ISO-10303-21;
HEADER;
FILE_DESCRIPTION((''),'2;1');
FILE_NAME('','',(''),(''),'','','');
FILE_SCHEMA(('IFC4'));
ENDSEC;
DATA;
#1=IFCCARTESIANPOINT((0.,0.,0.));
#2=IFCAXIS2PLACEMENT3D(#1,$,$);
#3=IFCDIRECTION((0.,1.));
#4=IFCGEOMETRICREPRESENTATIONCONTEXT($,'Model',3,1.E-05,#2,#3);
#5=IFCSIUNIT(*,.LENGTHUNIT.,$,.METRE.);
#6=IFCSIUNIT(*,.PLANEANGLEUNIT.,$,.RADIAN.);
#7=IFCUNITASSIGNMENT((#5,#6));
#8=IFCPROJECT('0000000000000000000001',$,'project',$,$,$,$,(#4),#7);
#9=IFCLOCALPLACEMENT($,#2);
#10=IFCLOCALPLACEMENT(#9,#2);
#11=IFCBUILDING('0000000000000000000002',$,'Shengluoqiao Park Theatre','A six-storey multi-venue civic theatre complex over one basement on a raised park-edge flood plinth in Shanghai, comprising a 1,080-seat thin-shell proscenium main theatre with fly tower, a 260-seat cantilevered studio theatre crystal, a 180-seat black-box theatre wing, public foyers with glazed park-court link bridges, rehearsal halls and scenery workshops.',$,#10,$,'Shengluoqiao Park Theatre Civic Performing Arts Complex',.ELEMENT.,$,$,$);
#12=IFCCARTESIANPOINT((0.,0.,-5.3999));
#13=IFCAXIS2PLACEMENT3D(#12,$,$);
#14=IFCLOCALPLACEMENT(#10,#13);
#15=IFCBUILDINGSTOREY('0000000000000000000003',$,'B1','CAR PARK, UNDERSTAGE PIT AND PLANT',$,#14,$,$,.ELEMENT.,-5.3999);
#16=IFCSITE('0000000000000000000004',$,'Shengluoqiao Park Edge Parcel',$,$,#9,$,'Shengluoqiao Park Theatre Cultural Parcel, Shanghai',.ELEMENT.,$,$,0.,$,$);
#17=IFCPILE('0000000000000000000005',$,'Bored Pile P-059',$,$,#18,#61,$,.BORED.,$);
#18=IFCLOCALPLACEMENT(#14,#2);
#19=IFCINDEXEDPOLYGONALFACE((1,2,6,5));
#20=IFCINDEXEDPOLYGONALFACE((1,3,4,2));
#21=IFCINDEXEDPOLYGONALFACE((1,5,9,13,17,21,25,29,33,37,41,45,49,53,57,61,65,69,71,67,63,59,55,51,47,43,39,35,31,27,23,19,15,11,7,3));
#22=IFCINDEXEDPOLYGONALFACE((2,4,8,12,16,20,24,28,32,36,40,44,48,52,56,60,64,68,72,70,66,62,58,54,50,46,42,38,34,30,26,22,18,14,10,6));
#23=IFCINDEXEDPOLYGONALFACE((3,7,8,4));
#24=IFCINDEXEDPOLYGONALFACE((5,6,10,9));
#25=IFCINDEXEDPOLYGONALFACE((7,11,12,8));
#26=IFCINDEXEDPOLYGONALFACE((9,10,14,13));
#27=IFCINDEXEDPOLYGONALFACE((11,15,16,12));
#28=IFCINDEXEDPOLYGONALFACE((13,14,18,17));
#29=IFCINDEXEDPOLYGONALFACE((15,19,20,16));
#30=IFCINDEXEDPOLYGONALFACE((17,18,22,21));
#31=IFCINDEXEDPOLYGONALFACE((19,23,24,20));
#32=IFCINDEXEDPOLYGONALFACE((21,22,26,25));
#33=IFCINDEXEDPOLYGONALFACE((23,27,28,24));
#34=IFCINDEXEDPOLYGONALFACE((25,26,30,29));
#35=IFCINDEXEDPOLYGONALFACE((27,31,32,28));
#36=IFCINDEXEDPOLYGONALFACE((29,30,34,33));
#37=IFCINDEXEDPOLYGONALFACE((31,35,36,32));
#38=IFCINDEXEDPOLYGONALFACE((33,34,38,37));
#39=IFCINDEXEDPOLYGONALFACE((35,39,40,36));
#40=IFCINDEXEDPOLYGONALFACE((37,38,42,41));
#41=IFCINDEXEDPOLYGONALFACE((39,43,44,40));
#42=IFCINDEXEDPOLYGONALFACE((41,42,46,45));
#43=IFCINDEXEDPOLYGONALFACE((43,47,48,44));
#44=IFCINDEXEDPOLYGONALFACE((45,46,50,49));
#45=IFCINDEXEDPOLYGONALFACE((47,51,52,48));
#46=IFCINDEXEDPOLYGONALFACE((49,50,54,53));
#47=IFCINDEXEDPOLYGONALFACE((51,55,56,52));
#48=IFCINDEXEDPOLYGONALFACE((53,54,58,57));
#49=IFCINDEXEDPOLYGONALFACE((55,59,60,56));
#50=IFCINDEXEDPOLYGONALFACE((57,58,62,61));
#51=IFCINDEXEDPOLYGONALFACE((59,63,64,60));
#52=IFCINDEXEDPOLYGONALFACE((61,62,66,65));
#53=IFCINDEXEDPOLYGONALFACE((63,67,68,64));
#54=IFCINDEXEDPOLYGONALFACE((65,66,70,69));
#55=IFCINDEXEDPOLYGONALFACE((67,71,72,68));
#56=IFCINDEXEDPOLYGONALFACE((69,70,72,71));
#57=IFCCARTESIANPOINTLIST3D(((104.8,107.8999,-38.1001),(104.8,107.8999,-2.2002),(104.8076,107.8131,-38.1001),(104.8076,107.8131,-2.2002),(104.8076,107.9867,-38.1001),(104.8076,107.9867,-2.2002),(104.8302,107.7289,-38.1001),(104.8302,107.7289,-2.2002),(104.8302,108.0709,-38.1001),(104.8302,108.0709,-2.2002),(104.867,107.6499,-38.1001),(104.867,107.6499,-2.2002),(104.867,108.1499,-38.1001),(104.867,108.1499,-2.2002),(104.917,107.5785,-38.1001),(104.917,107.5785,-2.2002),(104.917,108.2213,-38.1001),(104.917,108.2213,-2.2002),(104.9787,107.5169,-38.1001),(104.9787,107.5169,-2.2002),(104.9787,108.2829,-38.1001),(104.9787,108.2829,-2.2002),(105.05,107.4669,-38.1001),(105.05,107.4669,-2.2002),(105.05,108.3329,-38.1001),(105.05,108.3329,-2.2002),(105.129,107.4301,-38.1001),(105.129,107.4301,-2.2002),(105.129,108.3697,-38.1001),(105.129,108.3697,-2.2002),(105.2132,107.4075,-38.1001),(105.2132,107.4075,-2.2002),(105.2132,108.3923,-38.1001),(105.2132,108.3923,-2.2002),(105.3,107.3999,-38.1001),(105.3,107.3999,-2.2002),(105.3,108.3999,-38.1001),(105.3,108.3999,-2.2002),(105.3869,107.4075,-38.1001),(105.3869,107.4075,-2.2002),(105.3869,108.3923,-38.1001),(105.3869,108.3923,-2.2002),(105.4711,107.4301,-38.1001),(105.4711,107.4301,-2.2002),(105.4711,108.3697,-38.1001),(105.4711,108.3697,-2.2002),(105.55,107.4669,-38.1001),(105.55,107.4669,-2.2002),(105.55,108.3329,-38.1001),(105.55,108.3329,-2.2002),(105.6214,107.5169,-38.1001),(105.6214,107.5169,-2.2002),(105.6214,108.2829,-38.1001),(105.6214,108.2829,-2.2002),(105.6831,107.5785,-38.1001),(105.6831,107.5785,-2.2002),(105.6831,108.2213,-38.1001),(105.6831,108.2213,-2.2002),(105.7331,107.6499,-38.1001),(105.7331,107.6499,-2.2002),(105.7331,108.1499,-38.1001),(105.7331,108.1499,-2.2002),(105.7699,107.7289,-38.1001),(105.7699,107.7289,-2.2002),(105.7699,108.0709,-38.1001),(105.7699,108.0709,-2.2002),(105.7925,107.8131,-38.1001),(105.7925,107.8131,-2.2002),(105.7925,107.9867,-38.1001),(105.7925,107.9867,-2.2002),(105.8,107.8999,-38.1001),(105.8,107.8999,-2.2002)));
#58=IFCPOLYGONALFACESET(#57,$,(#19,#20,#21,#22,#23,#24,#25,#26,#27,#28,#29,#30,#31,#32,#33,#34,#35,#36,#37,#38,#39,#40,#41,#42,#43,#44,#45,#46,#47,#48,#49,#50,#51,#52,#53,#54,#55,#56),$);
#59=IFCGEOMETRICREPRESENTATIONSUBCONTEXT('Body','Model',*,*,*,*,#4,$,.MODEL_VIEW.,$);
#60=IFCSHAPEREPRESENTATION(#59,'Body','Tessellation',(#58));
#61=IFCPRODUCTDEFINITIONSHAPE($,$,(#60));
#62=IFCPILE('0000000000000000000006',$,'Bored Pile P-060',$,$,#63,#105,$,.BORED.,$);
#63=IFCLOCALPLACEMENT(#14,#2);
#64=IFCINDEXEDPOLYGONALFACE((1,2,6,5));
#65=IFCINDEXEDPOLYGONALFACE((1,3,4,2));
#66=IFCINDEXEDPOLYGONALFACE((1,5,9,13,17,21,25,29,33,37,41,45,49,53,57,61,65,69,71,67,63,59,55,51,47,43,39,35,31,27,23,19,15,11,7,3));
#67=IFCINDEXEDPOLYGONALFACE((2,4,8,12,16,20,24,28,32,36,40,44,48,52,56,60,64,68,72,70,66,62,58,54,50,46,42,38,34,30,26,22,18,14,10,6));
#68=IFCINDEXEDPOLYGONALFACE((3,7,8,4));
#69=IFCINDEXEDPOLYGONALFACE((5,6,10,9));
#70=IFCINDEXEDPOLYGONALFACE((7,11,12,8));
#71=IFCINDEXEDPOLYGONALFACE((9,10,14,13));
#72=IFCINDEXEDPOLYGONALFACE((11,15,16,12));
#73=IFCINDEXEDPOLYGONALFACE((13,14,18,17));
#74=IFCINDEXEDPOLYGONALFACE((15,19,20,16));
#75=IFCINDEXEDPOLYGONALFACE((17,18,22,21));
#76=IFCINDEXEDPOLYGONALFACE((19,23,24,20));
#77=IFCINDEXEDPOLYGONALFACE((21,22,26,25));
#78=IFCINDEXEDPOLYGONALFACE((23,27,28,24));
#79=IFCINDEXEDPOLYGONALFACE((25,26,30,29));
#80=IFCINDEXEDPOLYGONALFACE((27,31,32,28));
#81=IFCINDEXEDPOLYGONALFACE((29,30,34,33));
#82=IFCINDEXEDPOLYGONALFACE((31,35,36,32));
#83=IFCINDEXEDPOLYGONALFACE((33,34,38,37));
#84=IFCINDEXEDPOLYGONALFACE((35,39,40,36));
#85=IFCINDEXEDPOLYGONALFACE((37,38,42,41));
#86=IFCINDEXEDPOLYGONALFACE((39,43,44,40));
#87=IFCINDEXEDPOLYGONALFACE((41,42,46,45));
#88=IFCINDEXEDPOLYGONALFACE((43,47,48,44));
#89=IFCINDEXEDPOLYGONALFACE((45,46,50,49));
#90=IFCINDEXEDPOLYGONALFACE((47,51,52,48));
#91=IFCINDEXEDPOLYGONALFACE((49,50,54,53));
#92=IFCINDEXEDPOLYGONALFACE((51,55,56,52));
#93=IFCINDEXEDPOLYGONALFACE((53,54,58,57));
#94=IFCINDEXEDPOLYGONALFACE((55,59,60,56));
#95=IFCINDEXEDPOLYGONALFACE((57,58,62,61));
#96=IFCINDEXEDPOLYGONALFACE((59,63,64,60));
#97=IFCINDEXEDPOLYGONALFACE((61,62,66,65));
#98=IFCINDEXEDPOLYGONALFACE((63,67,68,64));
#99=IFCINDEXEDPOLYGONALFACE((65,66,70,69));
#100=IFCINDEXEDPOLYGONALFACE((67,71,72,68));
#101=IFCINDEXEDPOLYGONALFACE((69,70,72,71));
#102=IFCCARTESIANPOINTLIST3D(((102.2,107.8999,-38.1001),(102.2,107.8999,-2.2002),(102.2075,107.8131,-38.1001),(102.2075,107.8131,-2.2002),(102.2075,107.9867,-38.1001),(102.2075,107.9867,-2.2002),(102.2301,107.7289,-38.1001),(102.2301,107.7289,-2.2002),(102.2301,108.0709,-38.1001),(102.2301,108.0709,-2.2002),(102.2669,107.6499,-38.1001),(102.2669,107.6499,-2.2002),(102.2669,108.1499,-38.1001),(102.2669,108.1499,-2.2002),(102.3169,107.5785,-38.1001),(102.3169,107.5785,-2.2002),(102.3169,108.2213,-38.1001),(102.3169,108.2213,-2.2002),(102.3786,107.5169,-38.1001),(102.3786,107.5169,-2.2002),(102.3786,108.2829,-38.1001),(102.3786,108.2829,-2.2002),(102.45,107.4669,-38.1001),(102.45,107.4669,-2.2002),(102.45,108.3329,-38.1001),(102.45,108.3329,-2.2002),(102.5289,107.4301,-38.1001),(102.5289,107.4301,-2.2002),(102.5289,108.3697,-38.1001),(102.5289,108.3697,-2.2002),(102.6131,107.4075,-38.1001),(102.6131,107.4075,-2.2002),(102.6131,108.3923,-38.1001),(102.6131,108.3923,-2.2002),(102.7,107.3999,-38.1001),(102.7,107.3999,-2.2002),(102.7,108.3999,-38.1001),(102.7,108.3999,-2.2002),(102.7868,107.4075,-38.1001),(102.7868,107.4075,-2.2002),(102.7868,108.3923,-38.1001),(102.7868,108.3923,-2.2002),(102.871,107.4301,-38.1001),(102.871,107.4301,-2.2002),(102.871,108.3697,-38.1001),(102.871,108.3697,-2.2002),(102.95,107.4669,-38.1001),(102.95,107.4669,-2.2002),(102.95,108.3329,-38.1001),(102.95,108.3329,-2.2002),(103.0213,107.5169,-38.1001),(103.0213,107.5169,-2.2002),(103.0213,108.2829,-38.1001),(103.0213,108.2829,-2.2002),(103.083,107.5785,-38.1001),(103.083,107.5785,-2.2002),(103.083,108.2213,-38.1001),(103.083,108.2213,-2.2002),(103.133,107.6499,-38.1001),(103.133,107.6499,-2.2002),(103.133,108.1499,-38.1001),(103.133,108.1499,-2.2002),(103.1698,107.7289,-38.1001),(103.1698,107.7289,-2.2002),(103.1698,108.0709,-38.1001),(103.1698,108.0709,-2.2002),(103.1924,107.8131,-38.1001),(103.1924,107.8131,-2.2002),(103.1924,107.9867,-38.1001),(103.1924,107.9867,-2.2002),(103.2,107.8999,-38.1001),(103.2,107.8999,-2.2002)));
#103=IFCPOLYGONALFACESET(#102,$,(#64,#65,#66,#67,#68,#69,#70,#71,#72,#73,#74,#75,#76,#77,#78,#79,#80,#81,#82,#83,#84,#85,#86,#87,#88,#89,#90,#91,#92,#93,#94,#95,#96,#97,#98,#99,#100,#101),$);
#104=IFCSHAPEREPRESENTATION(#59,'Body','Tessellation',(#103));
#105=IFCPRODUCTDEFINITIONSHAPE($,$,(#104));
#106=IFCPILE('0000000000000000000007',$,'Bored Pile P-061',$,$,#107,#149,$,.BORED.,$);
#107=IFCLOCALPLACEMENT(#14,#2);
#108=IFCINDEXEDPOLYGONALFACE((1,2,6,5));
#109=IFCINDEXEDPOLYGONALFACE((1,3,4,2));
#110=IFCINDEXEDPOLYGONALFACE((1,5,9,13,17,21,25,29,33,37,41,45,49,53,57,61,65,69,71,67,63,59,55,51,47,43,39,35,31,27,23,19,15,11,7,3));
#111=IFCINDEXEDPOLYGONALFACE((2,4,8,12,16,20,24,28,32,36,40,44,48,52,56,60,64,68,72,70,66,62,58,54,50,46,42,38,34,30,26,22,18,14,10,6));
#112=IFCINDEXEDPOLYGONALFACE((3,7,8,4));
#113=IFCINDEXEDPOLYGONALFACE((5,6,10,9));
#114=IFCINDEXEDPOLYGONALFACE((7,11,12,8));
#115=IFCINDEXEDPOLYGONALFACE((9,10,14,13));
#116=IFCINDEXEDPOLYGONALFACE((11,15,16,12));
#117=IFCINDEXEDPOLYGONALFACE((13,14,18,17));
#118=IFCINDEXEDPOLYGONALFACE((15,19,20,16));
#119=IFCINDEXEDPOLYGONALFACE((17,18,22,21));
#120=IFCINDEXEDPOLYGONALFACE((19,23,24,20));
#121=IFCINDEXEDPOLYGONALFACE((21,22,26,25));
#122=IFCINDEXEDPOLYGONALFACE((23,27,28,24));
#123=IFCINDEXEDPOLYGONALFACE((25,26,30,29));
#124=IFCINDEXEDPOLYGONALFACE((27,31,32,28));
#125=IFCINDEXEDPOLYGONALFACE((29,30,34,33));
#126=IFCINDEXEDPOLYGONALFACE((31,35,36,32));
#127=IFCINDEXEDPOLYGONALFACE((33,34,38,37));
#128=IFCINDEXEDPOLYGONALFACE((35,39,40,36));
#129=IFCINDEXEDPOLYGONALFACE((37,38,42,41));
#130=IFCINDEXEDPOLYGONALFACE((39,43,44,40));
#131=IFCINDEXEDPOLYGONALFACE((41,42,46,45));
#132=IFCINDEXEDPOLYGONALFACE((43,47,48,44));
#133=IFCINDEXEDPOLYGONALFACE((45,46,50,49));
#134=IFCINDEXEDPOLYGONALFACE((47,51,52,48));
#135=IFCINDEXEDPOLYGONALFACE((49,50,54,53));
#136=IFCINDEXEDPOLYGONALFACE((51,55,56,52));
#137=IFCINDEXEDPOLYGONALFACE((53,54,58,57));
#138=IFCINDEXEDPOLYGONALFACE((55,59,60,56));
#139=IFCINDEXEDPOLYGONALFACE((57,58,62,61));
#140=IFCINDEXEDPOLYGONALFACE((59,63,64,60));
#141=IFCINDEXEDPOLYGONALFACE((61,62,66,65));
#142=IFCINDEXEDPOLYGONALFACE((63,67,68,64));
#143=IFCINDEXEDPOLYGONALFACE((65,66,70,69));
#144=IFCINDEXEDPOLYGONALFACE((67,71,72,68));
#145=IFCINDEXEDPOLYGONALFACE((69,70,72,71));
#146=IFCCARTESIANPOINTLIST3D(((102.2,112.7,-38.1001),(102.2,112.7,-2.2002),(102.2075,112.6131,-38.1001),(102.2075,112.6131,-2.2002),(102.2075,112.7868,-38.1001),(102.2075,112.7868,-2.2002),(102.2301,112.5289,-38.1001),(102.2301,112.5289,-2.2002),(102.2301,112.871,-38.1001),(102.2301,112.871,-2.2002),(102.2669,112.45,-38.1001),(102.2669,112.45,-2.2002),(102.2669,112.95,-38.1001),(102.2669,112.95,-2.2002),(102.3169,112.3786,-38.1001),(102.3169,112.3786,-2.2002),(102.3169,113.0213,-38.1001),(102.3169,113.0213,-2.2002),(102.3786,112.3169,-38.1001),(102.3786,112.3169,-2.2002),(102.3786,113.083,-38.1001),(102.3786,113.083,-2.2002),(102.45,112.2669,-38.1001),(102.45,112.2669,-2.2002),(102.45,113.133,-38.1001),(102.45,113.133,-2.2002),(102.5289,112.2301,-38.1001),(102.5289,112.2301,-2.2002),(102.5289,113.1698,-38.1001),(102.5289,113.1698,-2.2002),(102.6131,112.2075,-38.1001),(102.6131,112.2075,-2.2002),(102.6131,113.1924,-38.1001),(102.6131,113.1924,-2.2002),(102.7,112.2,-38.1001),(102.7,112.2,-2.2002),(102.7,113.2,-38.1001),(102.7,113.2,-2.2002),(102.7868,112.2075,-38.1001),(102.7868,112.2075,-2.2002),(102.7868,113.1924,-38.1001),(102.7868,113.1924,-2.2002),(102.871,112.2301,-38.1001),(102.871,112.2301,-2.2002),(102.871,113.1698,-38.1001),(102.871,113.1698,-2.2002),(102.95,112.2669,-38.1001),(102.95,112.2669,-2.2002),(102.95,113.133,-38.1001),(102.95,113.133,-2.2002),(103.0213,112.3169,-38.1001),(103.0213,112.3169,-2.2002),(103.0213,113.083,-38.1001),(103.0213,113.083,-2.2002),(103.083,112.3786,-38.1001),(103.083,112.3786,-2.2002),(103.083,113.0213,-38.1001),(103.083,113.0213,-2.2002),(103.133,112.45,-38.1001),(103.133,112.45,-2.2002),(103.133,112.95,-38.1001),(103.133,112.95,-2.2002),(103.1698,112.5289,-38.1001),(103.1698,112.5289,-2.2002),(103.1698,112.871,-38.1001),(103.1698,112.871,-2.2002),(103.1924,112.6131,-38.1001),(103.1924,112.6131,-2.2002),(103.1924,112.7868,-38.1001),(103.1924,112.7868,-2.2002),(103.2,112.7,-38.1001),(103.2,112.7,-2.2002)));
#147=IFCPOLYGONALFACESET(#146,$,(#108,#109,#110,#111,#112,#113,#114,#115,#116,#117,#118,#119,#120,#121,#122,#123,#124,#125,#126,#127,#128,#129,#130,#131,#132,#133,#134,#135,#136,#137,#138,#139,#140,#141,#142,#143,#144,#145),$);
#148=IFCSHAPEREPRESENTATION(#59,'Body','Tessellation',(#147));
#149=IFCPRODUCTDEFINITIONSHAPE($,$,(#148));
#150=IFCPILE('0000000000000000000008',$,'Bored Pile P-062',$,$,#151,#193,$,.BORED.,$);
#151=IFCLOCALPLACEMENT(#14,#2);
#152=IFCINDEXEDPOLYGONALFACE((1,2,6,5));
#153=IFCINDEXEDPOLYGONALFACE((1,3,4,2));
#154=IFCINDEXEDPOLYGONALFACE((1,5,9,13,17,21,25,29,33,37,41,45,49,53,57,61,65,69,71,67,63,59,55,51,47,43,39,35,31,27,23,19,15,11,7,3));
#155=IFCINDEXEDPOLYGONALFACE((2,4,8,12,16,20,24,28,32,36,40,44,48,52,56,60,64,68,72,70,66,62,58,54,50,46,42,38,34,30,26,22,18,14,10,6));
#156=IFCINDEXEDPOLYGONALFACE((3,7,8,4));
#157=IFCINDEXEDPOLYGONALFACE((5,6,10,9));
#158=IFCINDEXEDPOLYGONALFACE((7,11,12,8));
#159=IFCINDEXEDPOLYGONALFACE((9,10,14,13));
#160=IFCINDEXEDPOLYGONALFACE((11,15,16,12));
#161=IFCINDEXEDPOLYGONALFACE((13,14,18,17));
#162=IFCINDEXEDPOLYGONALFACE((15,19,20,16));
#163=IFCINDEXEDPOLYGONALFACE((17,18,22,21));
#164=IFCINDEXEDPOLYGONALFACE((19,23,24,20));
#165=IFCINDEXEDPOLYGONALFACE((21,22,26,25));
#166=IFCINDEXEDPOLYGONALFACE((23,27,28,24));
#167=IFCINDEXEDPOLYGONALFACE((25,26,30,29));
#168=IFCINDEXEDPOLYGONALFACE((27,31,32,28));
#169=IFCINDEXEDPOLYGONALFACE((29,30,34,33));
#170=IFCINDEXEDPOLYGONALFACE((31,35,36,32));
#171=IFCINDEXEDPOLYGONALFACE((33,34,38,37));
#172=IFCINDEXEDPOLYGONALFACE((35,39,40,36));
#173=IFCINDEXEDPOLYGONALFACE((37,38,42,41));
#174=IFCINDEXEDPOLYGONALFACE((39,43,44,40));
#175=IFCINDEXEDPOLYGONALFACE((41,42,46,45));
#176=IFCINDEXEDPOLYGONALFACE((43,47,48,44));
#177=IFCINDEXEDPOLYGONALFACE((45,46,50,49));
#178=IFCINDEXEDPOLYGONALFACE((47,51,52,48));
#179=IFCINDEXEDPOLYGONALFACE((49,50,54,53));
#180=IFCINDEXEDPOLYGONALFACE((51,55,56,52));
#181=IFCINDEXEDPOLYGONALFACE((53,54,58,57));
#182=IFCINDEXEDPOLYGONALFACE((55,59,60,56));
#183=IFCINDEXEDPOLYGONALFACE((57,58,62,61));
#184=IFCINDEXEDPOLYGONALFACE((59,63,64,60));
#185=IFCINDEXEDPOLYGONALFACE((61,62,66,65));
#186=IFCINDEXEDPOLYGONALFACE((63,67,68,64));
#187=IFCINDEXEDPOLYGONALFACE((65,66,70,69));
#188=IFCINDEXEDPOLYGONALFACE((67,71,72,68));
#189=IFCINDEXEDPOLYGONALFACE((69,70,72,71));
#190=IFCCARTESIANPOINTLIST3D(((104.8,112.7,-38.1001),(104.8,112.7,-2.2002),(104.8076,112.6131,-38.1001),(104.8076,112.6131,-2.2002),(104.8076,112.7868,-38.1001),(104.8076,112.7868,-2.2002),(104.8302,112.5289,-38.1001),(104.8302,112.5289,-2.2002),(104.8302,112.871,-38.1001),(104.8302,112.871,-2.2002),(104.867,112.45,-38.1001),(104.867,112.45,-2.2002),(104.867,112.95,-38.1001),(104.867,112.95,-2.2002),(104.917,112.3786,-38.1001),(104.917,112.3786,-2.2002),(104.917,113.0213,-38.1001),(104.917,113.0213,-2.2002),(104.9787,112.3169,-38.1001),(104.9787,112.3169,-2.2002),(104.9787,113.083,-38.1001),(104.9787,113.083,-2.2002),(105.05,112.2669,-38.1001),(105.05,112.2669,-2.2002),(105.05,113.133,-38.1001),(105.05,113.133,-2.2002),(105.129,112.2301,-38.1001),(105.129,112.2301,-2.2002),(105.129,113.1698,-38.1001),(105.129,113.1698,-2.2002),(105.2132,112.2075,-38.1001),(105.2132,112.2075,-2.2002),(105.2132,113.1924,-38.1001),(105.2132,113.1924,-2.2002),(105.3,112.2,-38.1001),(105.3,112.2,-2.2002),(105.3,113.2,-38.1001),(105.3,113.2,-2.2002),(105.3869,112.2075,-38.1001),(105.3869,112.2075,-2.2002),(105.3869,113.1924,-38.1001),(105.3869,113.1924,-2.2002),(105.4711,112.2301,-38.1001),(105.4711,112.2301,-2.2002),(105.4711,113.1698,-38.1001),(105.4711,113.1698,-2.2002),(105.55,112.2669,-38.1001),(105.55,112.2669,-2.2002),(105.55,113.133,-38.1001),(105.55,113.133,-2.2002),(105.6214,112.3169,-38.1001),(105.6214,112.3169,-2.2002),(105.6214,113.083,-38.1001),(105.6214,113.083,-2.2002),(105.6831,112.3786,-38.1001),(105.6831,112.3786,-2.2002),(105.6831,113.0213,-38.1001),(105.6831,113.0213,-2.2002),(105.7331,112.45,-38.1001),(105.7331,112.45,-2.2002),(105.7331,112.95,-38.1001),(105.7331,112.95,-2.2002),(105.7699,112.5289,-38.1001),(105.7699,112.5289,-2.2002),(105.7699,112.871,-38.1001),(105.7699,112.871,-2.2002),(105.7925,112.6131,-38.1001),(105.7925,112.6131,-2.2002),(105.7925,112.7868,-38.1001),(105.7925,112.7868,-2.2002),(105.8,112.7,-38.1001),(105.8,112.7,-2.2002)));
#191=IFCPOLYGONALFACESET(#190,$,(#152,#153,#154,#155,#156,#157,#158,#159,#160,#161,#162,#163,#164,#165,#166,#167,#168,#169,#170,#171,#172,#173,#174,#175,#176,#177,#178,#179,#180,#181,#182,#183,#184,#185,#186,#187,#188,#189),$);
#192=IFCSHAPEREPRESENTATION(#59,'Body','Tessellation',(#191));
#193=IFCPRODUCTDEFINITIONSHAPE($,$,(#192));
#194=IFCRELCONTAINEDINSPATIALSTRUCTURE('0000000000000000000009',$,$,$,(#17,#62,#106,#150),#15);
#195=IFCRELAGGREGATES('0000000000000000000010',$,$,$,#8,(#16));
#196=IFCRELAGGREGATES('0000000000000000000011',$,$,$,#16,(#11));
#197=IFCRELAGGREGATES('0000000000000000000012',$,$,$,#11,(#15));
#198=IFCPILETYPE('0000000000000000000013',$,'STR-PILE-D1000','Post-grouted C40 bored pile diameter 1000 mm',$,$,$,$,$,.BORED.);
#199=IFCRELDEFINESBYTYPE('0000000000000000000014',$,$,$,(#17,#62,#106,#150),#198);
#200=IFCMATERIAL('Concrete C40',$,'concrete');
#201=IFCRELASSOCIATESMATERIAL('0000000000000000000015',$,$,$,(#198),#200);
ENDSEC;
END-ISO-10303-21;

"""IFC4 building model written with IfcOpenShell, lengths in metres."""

from ifc_helpers import new_model, si_unit, direction, frame, origin, origin_2d, place, context, subcontext, project, spatial, circle, extrude, material, material_profile, profile_set, type_object, element, save


model = new_model("IFC4")

# Units and contexts
model_context = context("Model", 3, precision=1e-05, world=origin(), true_north=direction((0.0, 1.0)))
body_context = subcontext(model_context, "Body", "Model", "MODEL_VIEW")
ifc_project = project(units=[si_unit("LENGTHUNIT", "METRE"), si_unit("PLANEANGLEUNIT", "RADIAN")], contexts=[model_context])

# Site, building, storey
site_placement = place(None, origin())
site = spatial("IfcSite", under=ifc_project, at=site_placement, Name="Shengluoqiao Park Edge Parcel", LongName="Shengluoqiao Park Theatre Cultural Parcel, Shanghai", CompositionType="ELEMENT", RefElevation=0.0)
building_placement = place(site_placement, origin())
building = spatial("IfcBuilding", under=site, at=building_placement, Name="Shengluoqiao Park Theatre", Description="A six-storey multi-venue civic theatre complex over one basement on a raised park-edge flood plinth in Shanghai, comprising a 1,080-seat thin-shell proscenium main theatre with fly tower, a 260-seat cantilevered studio theatre crystal, a 180-seat black-box theatre wing, public foyers with glazed park-court link bridges, rehearsal halls and scenery workshops.", LongName="Shengluoqiao Park Theatre Civic Performing Arts Complex", CompositionType="ELEMENT")
storey_placement = place(building_placement, frame((0.0, 0.0, -5.3999)))
storey = spatial("IfcBuildingStorey", under=building, at=storey_placement, Name="B1", Description="CAR PARK, UNDERSTAGE PIT AND PLANT", CompositionType="ELEMENT", Elevation=-5.3999)

# Shared definitions
ifc_material_1 = material(Name="Concrete C40", Category="concrete")

# Piles
ifc_material_profile_1 = material_profile(ifc_material_1, circle(Radius=0.5, at=origin_2d()), Name="BORED PILE D1000")
ifc_profile_set_1 = profile_set([ifc_material_profile_1], Name="Concrete C40")
pile_type_1 = type_object("IfcPileType", Name="STR-PILE-D1000", Description="Post-grouted C40 bored pile diameter 1000 mm", PredefinedType="BORED", material=ifc_profile_set_1)
for number, where, z_axis, x_axis, name in (
    (1, (105.3, 107.8999, -2.2002), (0.0, 0.0, -1.0), (1.0, 0.0, 0.0), "Bored Pile P-059"),
    (2, (102.7, 107.8999, -2.2002), (0.0, 0.0, -1.0), (1.0, 0.0, 0.0), "Bored Pile P-060"),
    (3, (102.7, 112.7, -2.2002), (0.0, 0.0, -1.0), (1.0, 0.0, 0.0), "Bored Pile P-061"),
    (4, (105.3, 112.7, -2.2002), (0.0, 0.0, -1.0), (1.0, 0.0, 0.0), "Bored Pile P-062"),
):
    element("IfcPile", number, at=place(storey_placement, frame(where, z_axis=z_axis, x_axis=x_axis)), inside=storey, type_object=pile_type_1, Name=name, PredefinedType="BORED", context=body_context, shape_type="SweptSolid", body=[
        extrude(circle(Radius=0.5, at=origin_2d()), origin(), (0.0, 0.0, 1.0), 35.8999),
    ])

save(model, "model.ifc")
